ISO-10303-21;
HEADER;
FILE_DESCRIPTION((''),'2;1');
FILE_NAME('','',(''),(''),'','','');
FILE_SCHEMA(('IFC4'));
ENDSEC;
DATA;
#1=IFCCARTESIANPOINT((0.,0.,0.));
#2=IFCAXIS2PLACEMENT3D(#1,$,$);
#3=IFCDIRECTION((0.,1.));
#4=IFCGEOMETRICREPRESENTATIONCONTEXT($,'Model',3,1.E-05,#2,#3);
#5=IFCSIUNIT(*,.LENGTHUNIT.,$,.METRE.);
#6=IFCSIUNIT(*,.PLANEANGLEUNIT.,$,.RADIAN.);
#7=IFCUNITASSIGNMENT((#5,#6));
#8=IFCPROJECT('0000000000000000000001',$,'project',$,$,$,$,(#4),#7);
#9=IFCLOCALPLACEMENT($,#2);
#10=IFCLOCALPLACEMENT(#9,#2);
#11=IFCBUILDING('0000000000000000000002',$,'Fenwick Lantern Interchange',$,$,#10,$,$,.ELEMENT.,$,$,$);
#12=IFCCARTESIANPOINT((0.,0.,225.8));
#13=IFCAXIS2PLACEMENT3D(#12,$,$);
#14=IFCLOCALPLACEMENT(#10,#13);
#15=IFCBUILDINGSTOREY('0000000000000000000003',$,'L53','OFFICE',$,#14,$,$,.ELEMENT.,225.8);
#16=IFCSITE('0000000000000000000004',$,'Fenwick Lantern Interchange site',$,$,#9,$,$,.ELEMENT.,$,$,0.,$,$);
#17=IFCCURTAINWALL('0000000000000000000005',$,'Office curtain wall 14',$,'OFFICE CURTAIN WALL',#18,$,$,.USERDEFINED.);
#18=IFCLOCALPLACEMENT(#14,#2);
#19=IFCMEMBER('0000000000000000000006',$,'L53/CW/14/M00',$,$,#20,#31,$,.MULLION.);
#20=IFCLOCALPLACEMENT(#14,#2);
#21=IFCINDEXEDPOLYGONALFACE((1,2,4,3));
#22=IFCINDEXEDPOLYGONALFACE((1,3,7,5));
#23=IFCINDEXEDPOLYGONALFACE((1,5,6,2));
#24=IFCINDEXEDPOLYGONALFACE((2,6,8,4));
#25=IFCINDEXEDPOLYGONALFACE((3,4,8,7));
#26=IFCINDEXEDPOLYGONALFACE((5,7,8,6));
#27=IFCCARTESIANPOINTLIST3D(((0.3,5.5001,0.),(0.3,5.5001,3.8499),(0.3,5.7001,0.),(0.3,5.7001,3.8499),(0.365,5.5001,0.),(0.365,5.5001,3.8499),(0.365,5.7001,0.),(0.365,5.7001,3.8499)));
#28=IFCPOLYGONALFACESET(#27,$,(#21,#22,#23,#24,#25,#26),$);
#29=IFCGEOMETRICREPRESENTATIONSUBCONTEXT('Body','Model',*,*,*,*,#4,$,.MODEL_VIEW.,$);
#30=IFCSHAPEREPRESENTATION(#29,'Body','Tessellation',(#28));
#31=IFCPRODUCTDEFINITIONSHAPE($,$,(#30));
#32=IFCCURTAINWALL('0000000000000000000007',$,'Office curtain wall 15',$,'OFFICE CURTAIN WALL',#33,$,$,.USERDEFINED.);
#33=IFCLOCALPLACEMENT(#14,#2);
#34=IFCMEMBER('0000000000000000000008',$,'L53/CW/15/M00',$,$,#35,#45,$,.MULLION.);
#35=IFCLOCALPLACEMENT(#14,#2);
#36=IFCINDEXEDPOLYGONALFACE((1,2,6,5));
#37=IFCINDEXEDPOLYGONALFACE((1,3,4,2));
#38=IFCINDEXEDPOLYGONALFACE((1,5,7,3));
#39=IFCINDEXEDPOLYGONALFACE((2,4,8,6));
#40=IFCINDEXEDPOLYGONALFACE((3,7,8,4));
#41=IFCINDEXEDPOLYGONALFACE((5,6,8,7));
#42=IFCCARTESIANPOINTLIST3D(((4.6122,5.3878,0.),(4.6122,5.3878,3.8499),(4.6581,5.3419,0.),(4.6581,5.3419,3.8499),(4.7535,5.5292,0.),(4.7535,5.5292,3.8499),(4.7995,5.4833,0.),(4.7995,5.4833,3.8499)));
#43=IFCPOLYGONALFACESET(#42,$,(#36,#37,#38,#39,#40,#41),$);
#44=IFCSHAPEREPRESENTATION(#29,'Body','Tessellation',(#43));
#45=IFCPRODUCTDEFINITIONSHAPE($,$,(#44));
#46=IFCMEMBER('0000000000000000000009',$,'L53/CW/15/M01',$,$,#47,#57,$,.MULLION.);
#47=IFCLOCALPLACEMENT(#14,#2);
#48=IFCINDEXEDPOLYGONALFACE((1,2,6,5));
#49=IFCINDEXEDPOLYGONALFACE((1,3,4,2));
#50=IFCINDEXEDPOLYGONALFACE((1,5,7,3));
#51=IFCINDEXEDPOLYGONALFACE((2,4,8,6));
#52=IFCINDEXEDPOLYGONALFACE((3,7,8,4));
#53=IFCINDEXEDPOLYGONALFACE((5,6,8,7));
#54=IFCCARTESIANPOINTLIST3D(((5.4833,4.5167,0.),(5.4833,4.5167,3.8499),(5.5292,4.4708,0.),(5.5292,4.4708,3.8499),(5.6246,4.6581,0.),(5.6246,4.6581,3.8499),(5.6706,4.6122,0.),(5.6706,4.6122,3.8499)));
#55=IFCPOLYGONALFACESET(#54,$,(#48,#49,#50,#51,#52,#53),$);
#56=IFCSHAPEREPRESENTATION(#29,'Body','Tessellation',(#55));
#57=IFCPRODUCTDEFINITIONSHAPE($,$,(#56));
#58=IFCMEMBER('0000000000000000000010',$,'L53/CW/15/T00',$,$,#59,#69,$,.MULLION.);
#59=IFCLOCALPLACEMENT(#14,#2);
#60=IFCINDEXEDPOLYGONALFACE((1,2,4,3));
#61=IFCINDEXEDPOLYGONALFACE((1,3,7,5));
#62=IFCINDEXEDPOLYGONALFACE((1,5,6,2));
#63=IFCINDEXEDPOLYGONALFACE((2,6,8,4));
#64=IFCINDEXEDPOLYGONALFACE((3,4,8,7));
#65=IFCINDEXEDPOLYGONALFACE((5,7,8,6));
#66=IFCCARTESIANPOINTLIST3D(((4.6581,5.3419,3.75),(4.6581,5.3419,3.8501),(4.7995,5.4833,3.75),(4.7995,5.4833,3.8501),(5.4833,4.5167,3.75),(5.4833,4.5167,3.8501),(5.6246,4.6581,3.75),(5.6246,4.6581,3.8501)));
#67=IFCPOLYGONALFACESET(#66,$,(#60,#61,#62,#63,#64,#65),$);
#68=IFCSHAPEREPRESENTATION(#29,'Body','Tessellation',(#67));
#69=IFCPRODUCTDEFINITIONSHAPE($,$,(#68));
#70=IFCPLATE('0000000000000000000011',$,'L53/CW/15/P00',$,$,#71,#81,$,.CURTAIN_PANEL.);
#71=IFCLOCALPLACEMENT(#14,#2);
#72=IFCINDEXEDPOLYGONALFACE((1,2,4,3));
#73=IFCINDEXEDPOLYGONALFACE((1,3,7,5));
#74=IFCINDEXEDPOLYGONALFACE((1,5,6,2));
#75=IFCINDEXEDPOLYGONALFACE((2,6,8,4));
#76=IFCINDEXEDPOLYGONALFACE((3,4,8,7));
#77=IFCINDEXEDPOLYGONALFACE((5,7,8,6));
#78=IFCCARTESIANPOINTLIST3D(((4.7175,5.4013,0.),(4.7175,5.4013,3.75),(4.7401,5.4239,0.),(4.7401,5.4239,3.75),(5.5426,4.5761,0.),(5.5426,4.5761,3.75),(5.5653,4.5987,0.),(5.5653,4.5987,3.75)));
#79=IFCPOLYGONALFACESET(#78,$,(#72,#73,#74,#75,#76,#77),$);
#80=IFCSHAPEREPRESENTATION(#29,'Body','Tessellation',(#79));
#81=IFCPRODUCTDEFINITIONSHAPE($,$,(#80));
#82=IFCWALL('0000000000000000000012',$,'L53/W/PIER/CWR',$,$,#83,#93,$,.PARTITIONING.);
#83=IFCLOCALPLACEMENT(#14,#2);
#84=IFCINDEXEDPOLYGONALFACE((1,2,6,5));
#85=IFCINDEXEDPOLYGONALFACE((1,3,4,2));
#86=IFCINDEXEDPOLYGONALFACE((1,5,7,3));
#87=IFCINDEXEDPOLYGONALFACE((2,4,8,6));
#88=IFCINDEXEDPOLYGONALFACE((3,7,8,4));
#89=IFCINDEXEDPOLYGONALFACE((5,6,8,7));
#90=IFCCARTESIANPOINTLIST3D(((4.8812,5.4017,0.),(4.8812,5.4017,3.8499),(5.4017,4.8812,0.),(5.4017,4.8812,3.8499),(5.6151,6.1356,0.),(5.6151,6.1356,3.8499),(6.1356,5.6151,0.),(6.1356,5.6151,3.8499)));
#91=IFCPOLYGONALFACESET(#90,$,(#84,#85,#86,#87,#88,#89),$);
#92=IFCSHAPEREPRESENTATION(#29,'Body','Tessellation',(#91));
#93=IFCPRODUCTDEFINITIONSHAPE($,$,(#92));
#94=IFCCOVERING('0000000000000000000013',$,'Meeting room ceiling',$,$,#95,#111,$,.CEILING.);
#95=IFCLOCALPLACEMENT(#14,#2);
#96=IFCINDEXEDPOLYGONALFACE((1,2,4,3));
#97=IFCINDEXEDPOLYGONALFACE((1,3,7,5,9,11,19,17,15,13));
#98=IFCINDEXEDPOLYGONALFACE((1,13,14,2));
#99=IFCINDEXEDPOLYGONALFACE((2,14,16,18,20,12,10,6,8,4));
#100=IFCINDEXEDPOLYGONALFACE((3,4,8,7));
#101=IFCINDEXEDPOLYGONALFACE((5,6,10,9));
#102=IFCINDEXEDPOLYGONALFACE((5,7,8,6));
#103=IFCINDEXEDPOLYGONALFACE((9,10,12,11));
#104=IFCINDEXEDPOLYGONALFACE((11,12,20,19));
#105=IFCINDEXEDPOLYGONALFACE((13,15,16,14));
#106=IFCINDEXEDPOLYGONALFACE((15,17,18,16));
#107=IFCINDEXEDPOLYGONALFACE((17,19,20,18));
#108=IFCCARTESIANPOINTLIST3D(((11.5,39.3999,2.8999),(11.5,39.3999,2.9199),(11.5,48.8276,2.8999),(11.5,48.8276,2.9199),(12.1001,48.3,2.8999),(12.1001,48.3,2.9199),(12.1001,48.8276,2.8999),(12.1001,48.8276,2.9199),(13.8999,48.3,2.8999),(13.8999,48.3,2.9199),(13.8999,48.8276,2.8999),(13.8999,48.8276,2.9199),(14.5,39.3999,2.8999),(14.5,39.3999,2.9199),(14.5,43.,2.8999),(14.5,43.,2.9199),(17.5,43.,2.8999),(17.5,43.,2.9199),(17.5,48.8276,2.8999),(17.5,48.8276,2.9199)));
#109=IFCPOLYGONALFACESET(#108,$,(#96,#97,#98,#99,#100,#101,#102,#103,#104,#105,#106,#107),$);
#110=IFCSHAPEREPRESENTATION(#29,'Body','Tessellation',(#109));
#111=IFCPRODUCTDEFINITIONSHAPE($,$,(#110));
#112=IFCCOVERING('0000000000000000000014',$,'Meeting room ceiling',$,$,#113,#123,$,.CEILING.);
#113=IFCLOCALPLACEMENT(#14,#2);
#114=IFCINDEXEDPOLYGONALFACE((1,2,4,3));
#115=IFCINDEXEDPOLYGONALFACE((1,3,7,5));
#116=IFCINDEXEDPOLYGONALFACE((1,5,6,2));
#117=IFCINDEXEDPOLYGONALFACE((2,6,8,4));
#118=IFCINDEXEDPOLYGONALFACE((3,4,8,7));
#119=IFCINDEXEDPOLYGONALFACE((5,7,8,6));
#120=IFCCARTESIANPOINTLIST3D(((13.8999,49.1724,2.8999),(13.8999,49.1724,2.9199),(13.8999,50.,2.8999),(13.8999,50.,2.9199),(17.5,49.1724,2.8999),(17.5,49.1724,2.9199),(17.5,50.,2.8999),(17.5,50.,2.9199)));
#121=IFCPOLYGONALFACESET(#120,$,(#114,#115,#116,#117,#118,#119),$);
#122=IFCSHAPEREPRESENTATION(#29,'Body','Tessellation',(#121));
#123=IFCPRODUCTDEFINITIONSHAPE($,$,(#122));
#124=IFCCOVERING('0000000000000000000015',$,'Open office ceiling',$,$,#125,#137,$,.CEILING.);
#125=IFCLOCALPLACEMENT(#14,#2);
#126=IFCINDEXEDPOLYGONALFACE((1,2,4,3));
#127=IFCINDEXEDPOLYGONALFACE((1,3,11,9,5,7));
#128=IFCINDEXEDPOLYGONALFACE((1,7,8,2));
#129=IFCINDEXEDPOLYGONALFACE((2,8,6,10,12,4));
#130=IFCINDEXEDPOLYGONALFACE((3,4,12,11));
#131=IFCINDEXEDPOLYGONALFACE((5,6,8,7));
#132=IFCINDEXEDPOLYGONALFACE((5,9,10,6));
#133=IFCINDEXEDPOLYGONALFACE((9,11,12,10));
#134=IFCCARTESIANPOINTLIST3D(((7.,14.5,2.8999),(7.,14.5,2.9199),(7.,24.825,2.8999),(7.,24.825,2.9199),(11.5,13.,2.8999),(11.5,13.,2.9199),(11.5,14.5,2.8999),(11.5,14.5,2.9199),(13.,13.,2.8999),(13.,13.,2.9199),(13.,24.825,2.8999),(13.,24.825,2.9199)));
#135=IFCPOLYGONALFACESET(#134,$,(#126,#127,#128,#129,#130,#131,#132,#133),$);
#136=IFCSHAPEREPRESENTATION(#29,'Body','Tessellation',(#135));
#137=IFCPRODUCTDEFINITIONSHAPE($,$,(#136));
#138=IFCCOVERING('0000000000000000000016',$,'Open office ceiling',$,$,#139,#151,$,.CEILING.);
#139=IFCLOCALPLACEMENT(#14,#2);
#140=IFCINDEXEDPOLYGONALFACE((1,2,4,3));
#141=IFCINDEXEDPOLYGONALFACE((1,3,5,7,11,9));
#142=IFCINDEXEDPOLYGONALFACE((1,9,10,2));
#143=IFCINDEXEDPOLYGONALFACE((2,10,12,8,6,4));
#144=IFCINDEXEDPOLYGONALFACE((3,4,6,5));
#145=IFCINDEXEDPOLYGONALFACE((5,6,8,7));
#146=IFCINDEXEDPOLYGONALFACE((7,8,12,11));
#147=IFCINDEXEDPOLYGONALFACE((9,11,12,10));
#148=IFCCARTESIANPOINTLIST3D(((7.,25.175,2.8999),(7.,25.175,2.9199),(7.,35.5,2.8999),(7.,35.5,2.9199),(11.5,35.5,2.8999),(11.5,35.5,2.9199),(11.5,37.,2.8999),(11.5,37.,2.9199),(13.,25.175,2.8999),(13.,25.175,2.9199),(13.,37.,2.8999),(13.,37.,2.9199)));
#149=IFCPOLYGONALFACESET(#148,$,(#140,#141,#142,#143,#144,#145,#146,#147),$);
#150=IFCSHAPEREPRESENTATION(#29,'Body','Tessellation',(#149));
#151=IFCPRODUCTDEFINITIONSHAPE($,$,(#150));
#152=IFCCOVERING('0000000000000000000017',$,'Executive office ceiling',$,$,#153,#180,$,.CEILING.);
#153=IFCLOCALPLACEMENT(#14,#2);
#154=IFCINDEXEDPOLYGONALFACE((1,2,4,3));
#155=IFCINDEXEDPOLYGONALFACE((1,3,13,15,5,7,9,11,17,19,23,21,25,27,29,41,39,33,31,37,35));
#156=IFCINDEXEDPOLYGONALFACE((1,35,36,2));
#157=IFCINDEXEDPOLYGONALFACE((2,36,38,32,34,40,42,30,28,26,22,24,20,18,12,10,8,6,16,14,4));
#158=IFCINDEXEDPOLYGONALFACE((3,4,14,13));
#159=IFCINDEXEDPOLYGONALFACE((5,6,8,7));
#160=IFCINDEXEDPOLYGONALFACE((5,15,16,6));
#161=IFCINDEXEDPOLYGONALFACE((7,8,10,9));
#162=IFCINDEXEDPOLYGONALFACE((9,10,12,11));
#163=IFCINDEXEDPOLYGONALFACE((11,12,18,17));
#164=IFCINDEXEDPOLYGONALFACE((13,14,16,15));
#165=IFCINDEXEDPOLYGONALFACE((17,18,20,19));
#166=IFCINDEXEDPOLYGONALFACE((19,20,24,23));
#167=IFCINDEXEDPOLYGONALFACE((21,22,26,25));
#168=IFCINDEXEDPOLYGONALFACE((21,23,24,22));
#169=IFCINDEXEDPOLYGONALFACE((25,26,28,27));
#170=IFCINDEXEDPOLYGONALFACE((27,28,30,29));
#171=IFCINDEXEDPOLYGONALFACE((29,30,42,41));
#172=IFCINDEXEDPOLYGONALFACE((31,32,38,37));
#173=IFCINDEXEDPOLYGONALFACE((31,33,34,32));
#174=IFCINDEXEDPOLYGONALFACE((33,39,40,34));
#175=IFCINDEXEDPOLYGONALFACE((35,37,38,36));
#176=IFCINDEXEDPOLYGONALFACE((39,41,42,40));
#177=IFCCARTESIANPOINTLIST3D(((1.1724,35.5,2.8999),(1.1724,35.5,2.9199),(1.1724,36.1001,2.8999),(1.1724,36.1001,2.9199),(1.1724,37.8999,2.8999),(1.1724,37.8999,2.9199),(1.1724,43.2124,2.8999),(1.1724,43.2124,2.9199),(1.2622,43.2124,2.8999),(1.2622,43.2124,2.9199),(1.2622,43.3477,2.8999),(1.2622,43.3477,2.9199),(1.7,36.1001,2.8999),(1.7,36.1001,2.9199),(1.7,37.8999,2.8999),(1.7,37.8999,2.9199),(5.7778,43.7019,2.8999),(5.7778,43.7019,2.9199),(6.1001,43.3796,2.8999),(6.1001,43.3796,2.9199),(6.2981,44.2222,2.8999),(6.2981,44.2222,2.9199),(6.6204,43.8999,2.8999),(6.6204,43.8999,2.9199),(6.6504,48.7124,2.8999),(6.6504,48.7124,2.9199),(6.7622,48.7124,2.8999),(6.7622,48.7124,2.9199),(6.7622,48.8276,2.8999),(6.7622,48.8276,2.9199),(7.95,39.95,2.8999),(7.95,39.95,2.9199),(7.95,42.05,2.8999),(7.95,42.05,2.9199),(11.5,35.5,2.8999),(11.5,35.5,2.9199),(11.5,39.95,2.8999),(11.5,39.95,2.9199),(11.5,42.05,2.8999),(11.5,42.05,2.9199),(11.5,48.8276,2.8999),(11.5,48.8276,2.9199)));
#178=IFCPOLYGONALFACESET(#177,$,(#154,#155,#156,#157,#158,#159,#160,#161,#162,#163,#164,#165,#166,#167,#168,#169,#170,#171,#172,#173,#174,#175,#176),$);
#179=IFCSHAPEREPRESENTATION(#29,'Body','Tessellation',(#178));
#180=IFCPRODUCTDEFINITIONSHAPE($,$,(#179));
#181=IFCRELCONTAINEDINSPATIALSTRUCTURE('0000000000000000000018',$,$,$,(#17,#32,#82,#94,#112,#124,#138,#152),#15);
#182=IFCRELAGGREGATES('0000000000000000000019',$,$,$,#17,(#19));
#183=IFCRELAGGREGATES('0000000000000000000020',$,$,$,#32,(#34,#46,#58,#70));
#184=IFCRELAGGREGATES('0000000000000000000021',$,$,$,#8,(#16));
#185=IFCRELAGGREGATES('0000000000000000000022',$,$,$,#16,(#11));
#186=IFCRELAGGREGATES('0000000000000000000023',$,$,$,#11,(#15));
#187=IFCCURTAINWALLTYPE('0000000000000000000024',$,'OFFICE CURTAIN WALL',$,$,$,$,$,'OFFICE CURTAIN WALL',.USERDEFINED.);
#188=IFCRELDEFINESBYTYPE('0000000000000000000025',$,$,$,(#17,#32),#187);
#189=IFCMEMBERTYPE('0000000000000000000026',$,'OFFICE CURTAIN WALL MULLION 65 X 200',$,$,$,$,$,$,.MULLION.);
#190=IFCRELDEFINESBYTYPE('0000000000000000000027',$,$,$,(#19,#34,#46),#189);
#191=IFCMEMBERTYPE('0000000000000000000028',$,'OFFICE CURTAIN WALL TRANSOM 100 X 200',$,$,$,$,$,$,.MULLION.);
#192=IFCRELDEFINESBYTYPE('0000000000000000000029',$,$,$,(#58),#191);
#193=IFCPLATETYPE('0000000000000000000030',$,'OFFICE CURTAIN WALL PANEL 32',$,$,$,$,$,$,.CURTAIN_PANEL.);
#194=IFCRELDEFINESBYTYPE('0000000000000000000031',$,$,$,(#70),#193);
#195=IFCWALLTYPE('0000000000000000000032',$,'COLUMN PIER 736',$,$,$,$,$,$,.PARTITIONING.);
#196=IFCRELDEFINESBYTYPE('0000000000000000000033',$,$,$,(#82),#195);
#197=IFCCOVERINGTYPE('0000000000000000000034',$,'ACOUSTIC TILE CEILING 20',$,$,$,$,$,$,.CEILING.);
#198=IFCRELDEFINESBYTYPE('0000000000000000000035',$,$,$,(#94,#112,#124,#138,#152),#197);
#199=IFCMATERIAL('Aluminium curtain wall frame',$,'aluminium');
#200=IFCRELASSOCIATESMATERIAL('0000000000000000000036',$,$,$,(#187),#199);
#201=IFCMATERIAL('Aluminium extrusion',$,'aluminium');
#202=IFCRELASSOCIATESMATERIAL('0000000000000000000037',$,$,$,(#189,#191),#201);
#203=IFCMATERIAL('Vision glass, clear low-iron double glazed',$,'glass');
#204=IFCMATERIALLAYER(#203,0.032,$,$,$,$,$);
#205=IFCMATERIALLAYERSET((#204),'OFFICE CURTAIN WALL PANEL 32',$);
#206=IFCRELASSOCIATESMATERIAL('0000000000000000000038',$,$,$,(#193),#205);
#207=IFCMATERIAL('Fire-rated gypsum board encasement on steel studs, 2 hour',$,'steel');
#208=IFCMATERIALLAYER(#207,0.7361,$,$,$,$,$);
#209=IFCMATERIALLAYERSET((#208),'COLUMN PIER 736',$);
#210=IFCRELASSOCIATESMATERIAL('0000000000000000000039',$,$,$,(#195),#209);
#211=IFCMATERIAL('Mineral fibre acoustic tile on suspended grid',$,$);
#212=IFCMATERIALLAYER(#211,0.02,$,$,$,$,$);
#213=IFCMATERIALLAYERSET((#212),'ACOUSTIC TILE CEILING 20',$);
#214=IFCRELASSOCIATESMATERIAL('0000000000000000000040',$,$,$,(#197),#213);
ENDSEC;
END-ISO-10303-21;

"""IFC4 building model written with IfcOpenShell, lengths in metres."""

from ifc_helpers import new_model, si_unit, direction, frame, frame_2d, origin, origin_2d, place, context, subcontext, project, spatial, polyline, rectangle, outline, extrude, material, layer, layer_set, material_profile, profile_set, type_object, element, aggregate, save


model = new_model("IFC4")

# Units and contexts
model_context = context("Model", 3, precision=1e-05, world=origin(), true_north=direction((0.0, 1.0)))
body_context = subcontext(model_context, "Body", "Model", "MODEL_VIEW")
ifc_project = project(units=[si_unit("LENGTHUNIT", "METRE"), si_unit("PLANEANGLEUNIT", "RADIAN")], contexts=[model_context])

# Site, building, storey
site_placement = place(None, origin())
site = spatial("IfcSite", under=ifc_project, at=site_placement, Name="Fenwick Lantern Interchange site", CompositionType="ELEMENT", RefElevation=0.0)
building_placement = place(site_placement, origin())
building = spatial("IfcBuilding", under=site, at=building_placement, Name="Fenwick Lantern Interchange", CompositionType="ELEMENT")
storey_placement = place(building_placement, frame((0.0, 0.0, 225.8)))
storey = spatial("IfcBuildingStorey", under=building, at=storey_placement, Name="L53", Description="OFFICE", CompositionType="ELEMENT", Elevation=225.8)

# Curtain wall, member
ifc_material_1 = material(Name="Aluminium curtain wall frame", Category="aluminium")
curtain_wall_type = type_object("IfcCurtainWallType", Name="OFFICE CURTAIN WALL", ElementType="OFFICE CURTAIN WALL", PredefinedType="USERDEFINED", material=ifc_material_1)
curtain_wall_1_placement = place(storey_placement, origin())
curtain_wall_1 = element("IfcCurtainWall", 1, at=curtain_wall_1_placement, inside=storey, type_object=curtain_wall_type, Name="Office curtain wall 14", ObjectType="OFFICE CURTAIN WALL", PredefinedType="USERDEFINED")
ifc_material_2 = material(Name="Aluminium extrusion", Category="aluminium")
ifc_material_profile_1 = material_profile(ifc_material_2, rectangle(XDim=0.2, YDim=0.0649, at=origin_2d()), Name="OFFICE CURTAIN WALL MULLION 65 X 200")
ifc_profile_set_1 = profile_set([ifc_material_profile_1], Name="Aluminium extrusion")
member_type_1 = type_object("IfcMemberType", Name="OFFICE CURTAIN WALL MULLION 65 X 200", PredefinedType="MULLION", material=ifc_profile_set_1)
member_1_placement = place(storey_placement, frame((0.3325, 5.6001, 0.0), z_axis=(0.0, 0.0, 1.0), x_axis=(0.0, 1.0, 0.0)))
member_1 = element("IfcMember", 2, at=member_1_placement, type_object=member_type_1, Name="L53/CW/14/M00", PredefinedType="MULLION", context=body_context, shape_type="SweptSolid", body=[
    extrude(rectangle(XDim=0.2, YDim=0.0649, at=origin_2d()), origin(), (0.0, 0.0, 1.0), 3.8499),
])
aggregate(curtain_wall_1, [member_1])

# Curtain wall, members
curtain_wall_2_placement = place(storey_placement, origin())
curtain_wall_2 = element("IfcCurtainWall", 3, at=curtain_wall_2_placement, inside=storey, type_object=curtain_wall_type, Name="Office curtain wall 15", ObjectType="OFFICE CURTAIN WALL", PredefinedType="USERDEFINED")
member_2_placement = place(storey_placement, frame((4.7058, 5.4355, 0.0), z_axis=(0.0, 0.0, 1.0), x_axis=(0.707107, 0.707107, 0.0)))
member_2 = element("IfcMember", 4, at=member_2_placement, type_object=member_type_1, Name="L53/CW/15/M00", PredefinedType="MULLION", context=body_context, shape_type="SweptSolid", body=[
    extrude(rectangle(XDim=0.2, YDim=0.0649, at=origin_2d()), origin(), (0.0, 0.0, 1.0), 3.8499),
])
member_3_placement = place(storey_placement, frame((5.5769, 4.5645, 0.0), z_axis=(0.0, 0.0, 1.0), x_axis=(0.707107, 0.707107, 0.0)))
member_3 = element("IfcMember", 5, at=member_3_placement, type_object=member_type_1, Name="L53/CW/15/M01", PredefinedType="MULLION", context=body_context, shape_type="SweptSolid", body=[
    extrude(rectangle(XDim=0.2, YDim=0.0649, at=origin_2d()), origin(), (0.0, 0.0, 1.0), 3.8499),
])
ifc_material_profile_2 = material_profile(ifc_material_2, rectangle(XDim=0.2, YDim=0.1001, at=origin_2d()), Name="OFFICE CURTAIN WALL TRANSOM 100 X 200")
ifc_profile_set_2 = profile_set([ifc_material_profile_2], Name="Aluminium extrusion")
member_type_2 = type_object("IfcMemberType", Name="OFFICE CURTAIN WALL TRANSOM 100 X 200", PredefinedType="MULLION", material=ifc_profile_set_2)
member_4_placement = place(storey_placement, frame((4.7288, 5.4126, 3.8), z_axis=(0.707107, -0.707107, 0.0), x_axis=(0.707107, 0.707107, 0.0)))
member_4 = element("IfcMember", 6, at=member_4_placement, type_object=member_type_2, Name="L53/CW/15/T00", PredefinedType="MULLION", context=body_context, shape_type="SweptSolid", body=[
    extrude(rectangle(XDim=0.2, YDim=0.1001, at=origin_2d()), origin(), (0.0, 0.0, 1.0), 1.167),
])

# Shared definitions
ifc_material_3 = material(Name="Vision glass, clear low-iron double glazed", Category="glass")
ifc_layer_1 = layer(ifc_material_3, 0.032)
ifc_layer_set_1 = layer_set([ifc_layer_1], Name="OFFICE CURTAIN WALL PANEL 32")
plate_type = type_object("IfcPlateType", Name="OFFICE CURTAIN WALL PANEL 32", PredefinedType="CURTAIN_PANEL", material=ifc_layer_set_1)

# Plate
plate_1_placement = place(storey_placement, frame((5.1414, 5.0, 0.0), z_axis=(0.0, 0.0, 1.0), x_axis=(0.707107, -0.707107, 0.0)))
plate_1 = element("IfcPlate", 7, at=plate_1_placement, type_object=plate_type, Name="L53/CW/15/P00", PredefinedType="CURTAIN_PANEL", context=body_context, shape_type="SweptSolid", body=[
    extrude(rectangle(XDim=1.167, YDim=0.032, at=origin_2d()), origin(), (0.0, 0.0, 1.0), 3.75),
])
aggregate(curtain_wall_2, [member_2, member_3, member_4, plate_1])

# Wall
ifc_material_4 = material(Name="Fire-rated gypsum board encasement on steel studs, 2 hour", Category="steel")
ifc_layer_2 = layer(ifc_material_4, 0.7361)
ifc_layer_set_2 = layer_set([ifc_layer_2], Name="COLUMN PIER 736")
wall_type = type_object("IfcWallType", Name="COLUMN PIER 736", PredefinedType="PARTITIONING", material=ifc_layer_set_2)
wall_placement = place(storey_placement, frame((5.1414, 5.1414, 0.0), z_axis=(0.0, 0.0, 1.0), x_axis=(0.707107, 0.707107, 0.0)))
element("IfcWall", 8, at=wall_placement, inside=storey, type_object=wall_type, Name="L53/W/PIER/CWR", PredefinedType="PARTITIONING", context=body_context, shape_type="SweptSolid", body=[
    extrude(rectangle(XDim=1.0378, YDim=0.7361, at=frame_2d((0.519, 0.0))), origin(), (0.0, 0.0, 1.0), 3.8499),
])

# Coverings
ifc_material_5 = material(Name="Mineral fibre acoustic tile on suspended grid")
ifc_layer_3 = layer(ifc_material_5, 0.02)
ifc_layer_set_3 = layer_set([ifc_layer_3], Name="ACOUSTIC TILE CEILING 20")
covering_type_1 = type_object("IfcCoveringType", Name="ACOUSTIC TILE CEILING 20", PredefinedType="CEILING", material=ifc_layer_set_3)
covering_1_placement = place(storey_placement, frame((0.0, 0.0, 2.8999)))
element("IfcCovering", 9, at=covering_1_placement, inside=storey, type_object=covering_type_1, Name="Meeting room ceiling", PredefinedType="CEILING", context=body_context, shape_type="SweptSolid", body=[
    extrude(outline(polyline([(12.1001, 48.3), (12.1001, 48.8276), (11.5, 48.8276), (11.5, 39.3999), (14.5, 39.3999), (14.5, 43.0), (17.5, 43.0), (17.5, 48.8276), (13.8999, 48.8276), (13.8999, 48.3), (12.1001, 48.3)])), origin(), (0.0, 0.0, 1.0), 0.02),
])
covering_2_placement = place(storey_placement, frame((0.0, 0.0, 2.8999)))
element("IfcCovering", 10, at=covering_2_placement, inside=storey, type_object=covering_type_1, Name="Meeting room ceiling", PredefinedType="CEILING", context=body_context, shape_type="SweptSolid", body=[
    extrude(outline(polyline([(13.8999, 50.0), (13.8999, 49.1724), (17.5, 49.1724), (17.5, 50.0), (13.8999, 50.0)])), origin(), (0.0, 0.0, 1.0), 0.02),
])
covering_3_placement = place(storey_placement, frame((0.0, 0.0, 2.8999)))
element("IfcCovering", 11, at=covering_3_placement, inside=storey, type_object=covering_type_1, Name="Open office ceiling", PredefinedType="CEILING", context=body_context, shape_type="SweptSolid", body=[
    extrude(outline(polyline([(7.0, 24.825), (7.0, 14.5), (11.5, 14.5), (11.5, 13.0), (13.0, 13.0), (13.0, 24.825), (7.0, 24.825)])), origin(), (0.0, 0.0, 1.0), 0.02),
])
covering_4_placement = place(storey_placement, frame((0.0, 0.0, 2.8999)))
element("IfcCovering", 12, at=covering_4_placement, inside=storey, type_object=covering_type_1, Name="Open office ceiling", PredefinedType="CEILING", context=body_context, shape_type="SweptSolid", body=[
    extrude(outline(polyline([(7.0, 35.5), (7.0, 25.175), (13.0, 25.175), (13.0, 37.0), (11.5, 37.0), (11.5, 35.5), (7.0, 35.5)])), origin(), (0.0, 0.0, 1.0), 0.02),
])
covering_5_placement = place(storey_placement, frame((0.0, 0.0, 2.8999)))
element("IfcCovering", 13, at=covering_5_placement, inside=storey, type_object=covering_type_1, Name="Executive office ceiling", PredefinedType="CEILING", context=body_context, shape_type="SweptSolid", body=[
    extrude(outline(polyline([(6.7622, 48.7124), (6.6504, 48.7124), (6.2981, 44.2222), (6.6204, 43.8999), (6.1001, 43.3796), (5.7778, 43.7019), (1.2622, 43.3477), (1.2622, 43.2124), (1.1724, 43.2124), (1.1724, 37.8999), (1.7, 37.8999), (1.7, 36.1001), (1.1724, 36.1001), (1.1724, 35.5), (11.5, 35.5), (11.5, 39.95), (7.95, 39.95), (7.95, 42.05), (11.5, 42.05), (11.5, 48.8276), (6.7622, 48.8276), (6.7622, 48.7124)])), origin(), (0.0, 0.0, 1.0), 0.02),
])

save(model, "model.ifc")
